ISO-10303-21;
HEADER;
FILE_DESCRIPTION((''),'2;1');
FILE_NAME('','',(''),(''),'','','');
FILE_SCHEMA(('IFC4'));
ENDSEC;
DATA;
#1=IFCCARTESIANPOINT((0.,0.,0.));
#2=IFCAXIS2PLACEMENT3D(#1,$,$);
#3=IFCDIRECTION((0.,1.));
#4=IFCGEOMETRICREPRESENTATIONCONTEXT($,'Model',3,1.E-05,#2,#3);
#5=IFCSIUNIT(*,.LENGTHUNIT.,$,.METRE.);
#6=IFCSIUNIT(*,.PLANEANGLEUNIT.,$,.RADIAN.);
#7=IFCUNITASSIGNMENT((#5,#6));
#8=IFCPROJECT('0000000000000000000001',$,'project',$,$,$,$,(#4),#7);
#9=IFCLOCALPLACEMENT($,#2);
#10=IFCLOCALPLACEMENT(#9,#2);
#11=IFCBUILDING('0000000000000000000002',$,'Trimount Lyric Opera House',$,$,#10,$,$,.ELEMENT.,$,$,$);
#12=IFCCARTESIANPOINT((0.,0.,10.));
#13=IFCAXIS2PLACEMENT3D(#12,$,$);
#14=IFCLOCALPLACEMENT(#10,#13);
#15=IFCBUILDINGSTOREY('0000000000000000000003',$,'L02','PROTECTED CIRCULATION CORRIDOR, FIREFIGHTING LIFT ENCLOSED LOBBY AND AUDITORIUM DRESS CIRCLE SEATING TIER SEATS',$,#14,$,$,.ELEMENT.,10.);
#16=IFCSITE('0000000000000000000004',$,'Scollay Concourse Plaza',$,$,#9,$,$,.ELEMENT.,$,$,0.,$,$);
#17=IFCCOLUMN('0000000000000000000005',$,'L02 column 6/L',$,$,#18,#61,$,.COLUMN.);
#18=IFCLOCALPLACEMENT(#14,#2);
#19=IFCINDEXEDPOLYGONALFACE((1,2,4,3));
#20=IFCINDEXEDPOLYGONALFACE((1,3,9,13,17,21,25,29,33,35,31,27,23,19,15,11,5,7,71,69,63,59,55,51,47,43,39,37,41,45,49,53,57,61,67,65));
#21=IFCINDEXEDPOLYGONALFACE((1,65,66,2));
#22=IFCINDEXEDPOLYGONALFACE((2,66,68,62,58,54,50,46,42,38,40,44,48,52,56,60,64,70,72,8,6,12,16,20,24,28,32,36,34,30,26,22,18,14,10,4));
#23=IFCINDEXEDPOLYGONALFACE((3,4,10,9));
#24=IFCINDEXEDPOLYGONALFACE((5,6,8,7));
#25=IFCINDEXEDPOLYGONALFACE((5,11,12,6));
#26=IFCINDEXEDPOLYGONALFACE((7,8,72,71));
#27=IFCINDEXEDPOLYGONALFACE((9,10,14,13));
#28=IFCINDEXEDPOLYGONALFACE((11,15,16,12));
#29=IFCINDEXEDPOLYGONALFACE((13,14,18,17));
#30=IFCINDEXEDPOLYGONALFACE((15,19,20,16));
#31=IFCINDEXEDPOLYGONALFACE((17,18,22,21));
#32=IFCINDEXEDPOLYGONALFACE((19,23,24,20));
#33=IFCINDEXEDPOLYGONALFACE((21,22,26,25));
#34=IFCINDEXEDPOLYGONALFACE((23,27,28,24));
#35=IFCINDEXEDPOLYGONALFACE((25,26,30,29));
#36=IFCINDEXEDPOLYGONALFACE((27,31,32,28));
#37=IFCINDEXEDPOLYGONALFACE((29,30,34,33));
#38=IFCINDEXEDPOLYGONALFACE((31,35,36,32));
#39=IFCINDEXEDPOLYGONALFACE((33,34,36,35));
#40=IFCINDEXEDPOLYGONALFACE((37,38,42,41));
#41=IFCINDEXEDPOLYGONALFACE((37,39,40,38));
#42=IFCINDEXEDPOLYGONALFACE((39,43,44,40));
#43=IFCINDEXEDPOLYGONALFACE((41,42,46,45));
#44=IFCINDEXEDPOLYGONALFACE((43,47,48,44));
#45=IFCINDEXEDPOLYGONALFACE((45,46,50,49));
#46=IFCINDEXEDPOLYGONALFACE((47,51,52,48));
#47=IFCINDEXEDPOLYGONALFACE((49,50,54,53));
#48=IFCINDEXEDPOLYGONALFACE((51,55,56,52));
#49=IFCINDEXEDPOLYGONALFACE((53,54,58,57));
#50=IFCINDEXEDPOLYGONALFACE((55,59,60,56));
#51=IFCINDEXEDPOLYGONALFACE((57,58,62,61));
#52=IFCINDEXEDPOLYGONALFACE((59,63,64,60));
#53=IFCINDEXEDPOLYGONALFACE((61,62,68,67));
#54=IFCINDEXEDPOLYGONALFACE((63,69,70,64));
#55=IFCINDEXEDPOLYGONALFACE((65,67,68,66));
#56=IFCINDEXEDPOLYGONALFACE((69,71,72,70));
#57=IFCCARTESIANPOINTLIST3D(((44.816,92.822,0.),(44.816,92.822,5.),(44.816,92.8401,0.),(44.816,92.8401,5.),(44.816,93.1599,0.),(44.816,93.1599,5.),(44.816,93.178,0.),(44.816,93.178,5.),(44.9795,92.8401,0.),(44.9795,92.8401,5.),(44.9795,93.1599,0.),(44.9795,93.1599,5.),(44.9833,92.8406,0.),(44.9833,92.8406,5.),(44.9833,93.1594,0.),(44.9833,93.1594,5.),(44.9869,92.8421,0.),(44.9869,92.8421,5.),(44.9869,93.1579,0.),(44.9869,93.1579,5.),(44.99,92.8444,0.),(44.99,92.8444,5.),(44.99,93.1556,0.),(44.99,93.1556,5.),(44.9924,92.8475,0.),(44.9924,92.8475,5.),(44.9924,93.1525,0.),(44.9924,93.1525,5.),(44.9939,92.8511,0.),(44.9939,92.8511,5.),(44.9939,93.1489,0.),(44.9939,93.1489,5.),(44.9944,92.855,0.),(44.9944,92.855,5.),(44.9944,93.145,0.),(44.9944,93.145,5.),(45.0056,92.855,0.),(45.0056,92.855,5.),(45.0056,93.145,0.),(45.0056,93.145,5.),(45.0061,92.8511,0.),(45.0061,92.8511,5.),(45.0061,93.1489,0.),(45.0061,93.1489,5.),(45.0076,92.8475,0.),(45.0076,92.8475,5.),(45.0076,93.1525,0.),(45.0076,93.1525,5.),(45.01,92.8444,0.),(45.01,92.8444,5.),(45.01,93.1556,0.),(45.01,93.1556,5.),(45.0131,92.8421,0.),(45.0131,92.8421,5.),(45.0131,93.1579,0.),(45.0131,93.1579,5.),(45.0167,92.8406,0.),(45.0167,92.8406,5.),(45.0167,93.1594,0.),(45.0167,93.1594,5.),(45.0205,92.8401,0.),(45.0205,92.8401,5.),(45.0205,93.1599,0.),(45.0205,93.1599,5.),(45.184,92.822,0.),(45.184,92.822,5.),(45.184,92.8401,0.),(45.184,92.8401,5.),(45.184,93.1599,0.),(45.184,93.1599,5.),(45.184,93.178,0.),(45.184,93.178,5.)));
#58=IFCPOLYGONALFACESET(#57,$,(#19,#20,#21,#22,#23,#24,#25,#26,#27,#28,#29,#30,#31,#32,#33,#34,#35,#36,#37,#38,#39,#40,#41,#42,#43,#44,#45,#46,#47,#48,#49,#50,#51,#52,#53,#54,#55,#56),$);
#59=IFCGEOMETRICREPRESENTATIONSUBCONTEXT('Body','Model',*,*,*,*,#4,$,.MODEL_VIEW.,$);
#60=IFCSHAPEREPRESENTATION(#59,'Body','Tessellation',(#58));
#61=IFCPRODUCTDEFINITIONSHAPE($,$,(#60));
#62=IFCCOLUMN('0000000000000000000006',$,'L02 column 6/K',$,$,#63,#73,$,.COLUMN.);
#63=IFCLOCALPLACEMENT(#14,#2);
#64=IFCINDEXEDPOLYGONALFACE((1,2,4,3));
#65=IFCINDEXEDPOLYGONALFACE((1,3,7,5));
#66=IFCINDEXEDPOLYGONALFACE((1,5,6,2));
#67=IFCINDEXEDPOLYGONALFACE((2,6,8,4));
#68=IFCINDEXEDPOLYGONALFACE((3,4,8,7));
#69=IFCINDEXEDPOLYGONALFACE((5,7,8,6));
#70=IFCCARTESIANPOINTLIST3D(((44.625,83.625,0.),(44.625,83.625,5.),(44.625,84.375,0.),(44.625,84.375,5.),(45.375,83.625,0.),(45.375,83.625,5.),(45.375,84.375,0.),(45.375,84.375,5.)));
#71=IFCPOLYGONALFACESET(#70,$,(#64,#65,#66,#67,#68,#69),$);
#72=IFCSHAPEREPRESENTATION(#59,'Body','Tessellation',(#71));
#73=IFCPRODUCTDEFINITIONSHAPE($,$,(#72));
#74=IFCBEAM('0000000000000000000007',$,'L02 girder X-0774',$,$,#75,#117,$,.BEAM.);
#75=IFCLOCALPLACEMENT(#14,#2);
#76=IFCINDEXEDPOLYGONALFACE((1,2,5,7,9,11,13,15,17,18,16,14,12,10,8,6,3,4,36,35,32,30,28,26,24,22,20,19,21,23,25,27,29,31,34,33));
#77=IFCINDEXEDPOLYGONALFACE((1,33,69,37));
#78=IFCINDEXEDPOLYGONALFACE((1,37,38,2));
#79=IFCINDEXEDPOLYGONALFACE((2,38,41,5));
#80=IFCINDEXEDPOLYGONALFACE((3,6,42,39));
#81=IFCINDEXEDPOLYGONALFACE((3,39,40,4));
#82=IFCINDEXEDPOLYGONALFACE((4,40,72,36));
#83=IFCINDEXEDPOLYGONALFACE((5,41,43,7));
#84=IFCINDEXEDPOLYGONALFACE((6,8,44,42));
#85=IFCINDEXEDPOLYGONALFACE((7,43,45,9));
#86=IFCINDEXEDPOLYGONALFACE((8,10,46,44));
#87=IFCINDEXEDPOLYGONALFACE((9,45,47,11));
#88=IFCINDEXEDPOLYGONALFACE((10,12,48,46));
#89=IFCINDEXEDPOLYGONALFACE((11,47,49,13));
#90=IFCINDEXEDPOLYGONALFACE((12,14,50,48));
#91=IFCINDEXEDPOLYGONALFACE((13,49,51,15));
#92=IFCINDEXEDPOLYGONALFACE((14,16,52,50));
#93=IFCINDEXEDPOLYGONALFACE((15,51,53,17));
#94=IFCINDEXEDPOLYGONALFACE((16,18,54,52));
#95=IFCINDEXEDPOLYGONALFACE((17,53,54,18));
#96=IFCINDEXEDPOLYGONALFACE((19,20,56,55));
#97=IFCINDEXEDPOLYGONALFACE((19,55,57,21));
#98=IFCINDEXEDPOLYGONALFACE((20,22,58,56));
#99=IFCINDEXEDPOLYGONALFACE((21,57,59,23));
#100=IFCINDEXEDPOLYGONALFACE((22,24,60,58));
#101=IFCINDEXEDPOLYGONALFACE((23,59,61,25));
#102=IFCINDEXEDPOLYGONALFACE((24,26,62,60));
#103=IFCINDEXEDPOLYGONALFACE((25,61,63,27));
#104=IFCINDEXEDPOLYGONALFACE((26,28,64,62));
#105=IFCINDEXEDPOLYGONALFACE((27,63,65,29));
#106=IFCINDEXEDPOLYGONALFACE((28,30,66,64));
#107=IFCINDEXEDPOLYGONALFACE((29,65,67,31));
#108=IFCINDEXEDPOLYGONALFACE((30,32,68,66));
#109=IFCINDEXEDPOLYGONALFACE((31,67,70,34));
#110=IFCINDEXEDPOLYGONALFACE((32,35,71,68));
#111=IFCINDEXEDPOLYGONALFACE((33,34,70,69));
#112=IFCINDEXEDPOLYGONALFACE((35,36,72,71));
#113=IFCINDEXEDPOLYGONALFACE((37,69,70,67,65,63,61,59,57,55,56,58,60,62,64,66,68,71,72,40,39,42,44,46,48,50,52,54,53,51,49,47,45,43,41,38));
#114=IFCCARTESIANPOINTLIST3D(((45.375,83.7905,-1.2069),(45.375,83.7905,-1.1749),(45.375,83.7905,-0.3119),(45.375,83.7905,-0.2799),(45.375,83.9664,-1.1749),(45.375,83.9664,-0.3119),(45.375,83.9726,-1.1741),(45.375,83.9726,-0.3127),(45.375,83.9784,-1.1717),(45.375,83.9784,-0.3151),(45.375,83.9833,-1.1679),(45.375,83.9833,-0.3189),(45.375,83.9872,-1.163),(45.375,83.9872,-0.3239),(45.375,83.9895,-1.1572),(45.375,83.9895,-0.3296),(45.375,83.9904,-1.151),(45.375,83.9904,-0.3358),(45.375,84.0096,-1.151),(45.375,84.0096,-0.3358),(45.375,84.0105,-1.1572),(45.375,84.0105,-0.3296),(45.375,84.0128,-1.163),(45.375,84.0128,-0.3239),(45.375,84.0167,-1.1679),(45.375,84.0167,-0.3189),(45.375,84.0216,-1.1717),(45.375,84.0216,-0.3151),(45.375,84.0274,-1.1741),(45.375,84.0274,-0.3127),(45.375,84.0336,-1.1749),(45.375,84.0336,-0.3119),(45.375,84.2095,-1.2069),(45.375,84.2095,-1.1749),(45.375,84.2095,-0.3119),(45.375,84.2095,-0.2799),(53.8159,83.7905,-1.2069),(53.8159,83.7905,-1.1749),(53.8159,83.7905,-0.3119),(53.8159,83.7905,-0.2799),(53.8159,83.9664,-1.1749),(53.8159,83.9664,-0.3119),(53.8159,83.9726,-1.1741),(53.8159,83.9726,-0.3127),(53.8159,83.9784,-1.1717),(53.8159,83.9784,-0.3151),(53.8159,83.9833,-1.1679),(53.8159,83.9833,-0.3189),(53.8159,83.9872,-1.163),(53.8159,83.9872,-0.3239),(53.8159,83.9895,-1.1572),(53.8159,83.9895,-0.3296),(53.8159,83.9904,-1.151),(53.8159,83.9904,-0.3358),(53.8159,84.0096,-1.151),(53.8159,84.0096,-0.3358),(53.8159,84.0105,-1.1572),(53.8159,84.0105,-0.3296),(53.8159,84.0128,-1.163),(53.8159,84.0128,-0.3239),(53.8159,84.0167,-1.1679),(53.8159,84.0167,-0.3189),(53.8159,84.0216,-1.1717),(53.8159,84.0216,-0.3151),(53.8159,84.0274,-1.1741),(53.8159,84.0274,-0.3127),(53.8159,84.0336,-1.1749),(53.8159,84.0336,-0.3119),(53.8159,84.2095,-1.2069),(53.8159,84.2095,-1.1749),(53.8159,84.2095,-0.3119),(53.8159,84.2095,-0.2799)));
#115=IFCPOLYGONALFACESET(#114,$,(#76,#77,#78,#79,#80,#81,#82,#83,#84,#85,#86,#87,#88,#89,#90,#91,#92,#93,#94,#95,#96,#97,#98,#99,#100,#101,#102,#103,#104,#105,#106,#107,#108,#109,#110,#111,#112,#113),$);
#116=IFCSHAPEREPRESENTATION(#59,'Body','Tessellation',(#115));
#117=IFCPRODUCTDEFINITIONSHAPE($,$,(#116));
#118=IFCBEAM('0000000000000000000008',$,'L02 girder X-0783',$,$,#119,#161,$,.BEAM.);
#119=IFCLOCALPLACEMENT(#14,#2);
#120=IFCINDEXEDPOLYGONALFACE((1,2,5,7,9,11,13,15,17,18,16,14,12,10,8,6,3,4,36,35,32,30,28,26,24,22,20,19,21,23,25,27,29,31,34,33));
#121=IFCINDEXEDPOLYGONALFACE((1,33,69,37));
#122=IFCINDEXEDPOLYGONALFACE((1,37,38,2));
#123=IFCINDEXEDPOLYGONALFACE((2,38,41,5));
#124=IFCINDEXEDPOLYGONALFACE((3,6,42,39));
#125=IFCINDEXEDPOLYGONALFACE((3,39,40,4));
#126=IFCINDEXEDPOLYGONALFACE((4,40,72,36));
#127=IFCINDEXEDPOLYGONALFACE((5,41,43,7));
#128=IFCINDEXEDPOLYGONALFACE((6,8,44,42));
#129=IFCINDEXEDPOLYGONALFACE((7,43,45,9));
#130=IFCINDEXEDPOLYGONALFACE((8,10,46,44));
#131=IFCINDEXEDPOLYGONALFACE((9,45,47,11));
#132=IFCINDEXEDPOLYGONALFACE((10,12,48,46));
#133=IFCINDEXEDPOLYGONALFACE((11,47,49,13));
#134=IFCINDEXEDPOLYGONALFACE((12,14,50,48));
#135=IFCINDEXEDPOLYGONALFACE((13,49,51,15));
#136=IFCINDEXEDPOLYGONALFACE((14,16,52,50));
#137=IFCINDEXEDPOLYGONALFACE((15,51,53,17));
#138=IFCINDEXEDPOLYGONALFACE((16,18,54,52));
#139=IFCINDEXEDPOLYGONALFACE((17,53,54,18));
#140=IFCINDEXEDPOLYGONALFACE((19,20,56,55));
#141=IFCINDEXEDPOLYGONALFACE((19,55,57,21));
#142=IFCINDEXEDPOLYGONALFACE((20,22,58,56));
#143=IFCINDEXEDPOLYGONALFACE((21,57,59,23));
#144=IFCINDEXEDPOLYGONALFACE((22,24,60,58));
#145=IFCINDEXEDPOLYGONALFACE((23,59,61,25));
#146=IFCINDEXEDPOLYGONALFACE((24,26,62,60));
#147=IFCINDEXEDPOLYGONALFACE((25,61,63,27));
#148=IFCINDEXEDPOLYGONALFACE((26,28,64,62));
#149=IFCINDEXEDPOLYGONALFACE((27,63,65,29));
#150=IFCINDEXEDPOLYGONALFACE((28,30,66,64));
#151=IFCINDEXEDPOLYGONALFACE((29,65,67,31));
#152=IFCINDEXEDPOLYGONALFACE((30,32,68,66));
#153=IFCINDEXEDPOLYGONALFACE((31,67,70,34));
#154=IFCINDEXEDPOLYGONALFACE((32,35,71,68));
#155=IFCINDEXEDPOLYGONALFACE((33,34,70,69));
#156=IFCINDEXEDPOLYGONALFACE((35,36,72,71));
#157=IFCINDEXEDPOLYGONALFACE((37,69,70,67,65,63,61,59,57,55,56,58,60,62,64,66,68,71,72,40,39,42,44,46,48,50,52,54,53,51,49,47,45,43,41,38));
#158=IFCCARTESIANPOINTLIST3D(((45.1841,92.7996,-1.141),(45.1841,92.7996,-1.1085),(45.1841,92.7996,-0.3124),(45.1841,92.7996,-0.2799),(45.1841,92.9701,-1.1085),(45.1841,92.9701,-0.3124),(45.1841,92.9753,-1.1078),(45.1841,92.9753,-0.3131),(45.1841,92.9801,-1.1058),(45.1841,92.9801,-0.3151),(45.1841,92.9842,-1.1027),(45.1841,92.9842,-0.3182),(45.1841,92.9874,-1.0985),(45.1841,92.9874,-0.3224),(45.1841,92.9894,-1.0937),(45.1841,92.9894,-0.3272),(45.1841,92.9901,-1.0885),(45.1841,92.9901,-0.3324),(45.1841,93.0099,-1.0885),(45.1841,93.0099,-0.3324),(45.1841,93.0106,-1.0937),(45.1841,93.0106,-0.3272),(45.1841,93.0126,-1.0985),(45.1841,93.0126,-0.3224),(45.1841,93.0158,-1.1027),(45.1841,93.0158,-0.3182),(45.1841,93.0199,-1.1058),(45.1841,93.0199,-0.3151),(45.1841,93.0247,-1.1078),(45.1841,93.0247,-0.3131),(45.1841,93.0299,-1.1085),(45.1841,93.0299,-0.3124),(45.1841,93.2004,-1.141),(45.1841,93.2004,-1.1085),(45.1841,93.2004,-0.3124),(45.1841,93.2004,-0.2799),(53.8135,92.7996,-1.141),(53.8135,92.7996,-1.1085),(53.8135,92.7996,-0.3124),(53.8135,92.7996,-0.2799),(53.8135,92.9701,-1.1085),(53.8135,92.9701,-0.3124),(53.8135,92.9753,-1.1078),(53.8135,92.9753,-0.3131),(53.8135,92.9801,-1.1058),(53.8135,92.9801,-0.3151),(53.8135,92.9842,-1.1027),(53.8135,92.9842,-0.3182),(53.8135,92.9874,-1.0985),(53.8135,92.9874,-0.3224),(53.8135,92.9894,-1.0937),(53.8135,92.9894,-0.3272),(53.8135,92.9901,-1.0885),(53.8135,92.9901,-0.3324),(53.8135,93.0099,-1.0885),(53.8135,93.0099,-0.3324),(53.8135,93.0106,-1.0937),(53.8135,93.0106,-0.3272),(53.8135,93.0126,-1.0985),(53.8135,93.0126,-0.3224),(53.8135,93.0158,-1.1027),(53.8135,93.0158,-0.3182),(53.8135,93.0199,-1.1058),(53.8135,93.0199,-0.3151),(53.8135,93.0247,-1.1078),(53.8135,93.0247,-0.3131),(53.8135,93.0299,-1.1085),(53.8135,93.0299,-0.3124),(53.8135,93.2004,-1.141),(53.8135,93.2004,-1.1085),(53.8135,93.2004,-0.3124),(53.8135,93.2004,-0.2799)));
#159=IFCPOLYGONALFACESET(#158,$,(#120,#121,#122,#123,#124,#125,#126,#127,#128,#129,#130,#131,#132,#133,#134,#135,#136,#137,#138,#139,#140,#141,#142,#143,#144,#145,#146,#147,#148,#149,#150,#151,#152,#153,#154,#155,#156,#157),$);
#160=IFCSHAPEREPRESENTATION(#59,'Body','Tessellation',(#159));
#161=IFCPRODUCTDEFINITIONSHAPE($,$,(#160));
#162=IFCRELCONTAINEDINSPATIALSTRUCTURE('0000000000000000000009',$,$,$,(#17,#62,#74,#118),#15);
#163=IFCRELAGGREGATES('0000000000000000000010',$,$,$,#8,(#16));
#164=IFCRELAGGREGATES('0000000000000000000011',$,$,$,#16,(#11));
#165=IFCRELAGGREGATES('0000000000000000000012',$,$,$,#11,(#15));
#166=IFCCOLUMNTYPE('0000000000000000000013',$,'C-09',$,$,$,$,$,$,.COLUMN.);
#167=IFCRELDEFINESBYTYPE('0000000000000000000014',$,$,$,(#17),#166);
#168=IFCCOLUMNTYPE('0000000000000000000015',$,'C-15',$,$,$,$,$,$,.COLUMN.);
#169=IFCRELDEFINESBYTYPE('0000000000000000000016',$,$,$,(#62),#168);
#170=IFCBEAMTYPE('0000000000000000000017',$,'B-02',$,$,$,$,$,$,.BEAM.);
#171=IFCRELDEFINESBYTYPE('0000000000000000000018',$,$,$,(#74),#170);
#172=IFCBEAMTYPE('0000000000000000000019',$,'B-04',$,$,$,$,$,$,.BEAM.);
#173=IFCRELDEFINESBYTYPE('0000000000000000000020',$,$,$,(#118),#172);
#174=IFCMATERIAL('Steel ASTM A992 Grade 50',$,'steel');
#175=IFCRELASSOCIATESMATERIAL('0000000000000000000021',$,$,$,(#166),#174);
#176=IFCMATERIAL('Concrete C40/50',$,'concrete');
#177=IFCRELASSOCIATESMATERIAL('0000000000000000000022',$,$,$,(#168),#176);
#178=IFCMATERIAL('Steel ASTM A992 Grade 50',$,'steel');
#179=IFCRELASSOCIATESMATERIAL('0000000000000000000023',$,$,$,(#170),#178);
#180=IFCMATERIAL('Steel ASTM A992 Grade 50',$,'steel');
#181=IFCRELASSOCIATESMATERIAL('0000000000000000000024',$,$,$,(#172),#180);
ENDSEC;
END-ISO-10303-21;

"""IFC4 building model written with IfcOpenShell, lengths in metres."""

from ifc_helpers import new_model, si_unit, direction, frame, origin, origin_2d, place, context, subcontext, project, spatial, rectangle, i_section, extrude, material, material_profile, profile_set, type_object, element, save


model = new_model("IFC4")

# Units and contexts
model_context = context("Model", 3, precision=1e-05, world=origin(), true_north=direction((0.0, 1.0)))
body_context = subcontext(model_context, "Body", "Model", "MODEL_VIEW")
ifc_project = project(units=[si_unit("LENGTHUNIT", "METRE"), si_unit("PLANEANGLEUNIT", "RADIAN")], contexts=[model_context])

# Site, building, storey
site_placement = place(None, origin())
site = spatial("IfcSite", under=ifc_project, at=site_placement, Name="Scollay Concourse Plaza", CompositionType="ELEMENT", RefElevation=0.0)
building_placement = place(site_placement, origin())
building = spatial("IfcBuilding", under=site, at=building_placement, Name="Trimount Lyric Opera House", CompositionType="ELEMENT")
storey_placement = place(building_placement, frame((0.0, 0.0, 10.0)))
storey = spatial("IfcBuildingStorey", under=building, at=storey_placement, Name="L02", Description="PROTECTED CIRCULATION CORRIDOR, FIREFIGHTING LIFT ENCLOSED LOBBY AND AUDITORIUM DRESS CIRCLE SEATING TIER SEATS", CompositionType="ELEMENT", Elevation=10.0)

# Columns
ifc_material_1 = material(Name="Steel ASTM A992 Grade 50", Category="steel")
ifc_material_profile_1 = material_profile(ifc_material_1, i_section(OverallWidth=0.3679, OverallDepth=0.356, WebThickness=0.0112, FlangeThickness=0.0181, FilletRadius=0.0149, at=origin_2d()), Name="W14X90")
ifc_profile_set_1 = profile_set([ifc_material_profile_1], Name="Steel ASTM A992 Grade 50")
column_type_1 = type_object("IfcColumnType", Name="C-09", PredefinedType="COLUMN", material=ifc_profile_set_1)
column_1_placement = place(storey_placement, frame((45.0, 93.0, 0.0), z_axis=(0.0, 0.0, 1.0), x_axis=(1.0, 0.0, 0.0)))
element("IfcColumn", 1, at=column_1_placement, inside=storey, type_object=column_type_1, Name="L02 column 6/L", PredefinedType="COLUMN", context=body_context, shape_type="SweptSolid", body=[
    extrude(i_section(OverallWidth=0.3679, OverallDepth=0.356, WebThickness=0.0112, FlangeThickness=0.0181, FilletRadius=0.0149, at=origin_2d()), origin(), (0.0, 0.0, 1.0), 5.0),
])
ifc_material_2 = material(Name="Concrete C40/50", Category="concrete")
ifc_material_profile_2 = material_profile(ifc_material_2, rectangle(XDim=0.75, YDim=0.75, at=origin_2d()), Name="RC750X750")
ifc_profile_set_2 = profile_set([ifc_material_profile_2], Name="Concrete C40/50")
column_type_2 = type_object("IfcColumnType", Name="C-15", PredefinedType="COLUMN", material=ifc_profile_set_2)
column_2_placement = place(storey_placement, frame((45.0, 84.0, 0.0), z_axis=(0.0, 0.0, 1.0), x_axis=(1.0, 0.0, 0.0)))
element("IfcColumn", 2, at=column_2_placement, inside=storey, type_object=column_type_2, Name="L02 column 6/K", PredefinedType="COLUMN", context=body_context, shape_type="SweptSolid", body=[
    extrude(rectangle(XDim=0.75, YDim=0.75, at=origin_2d()), origin(), (0.0, 0.0, 1.0), 5.0),
])

# Beams
ifc_material_3 = material(Name="Steel ASTM A992 Grade 50", Category="steel")
ifc_material_profile_3 = material_profile(ifc_material_3, i_section(OverallWidth=0.4189, OverallDepth=0.927, WebThickness=0.0193, FlangeThickness=0.032, FilletRadius=0.0239, at=origin_2d()), Name="W36X231")
ifc_profile_set_3 = profile_set([ifc_material_profile_3], Name="Steel ASTM A992 Grade 50")
beam_type_1 = type_object("IfcBeamType", Name="B-02", PredefinedType="BEAM", material=ifc_profile_set_3)
beam_1_placement = place(storey_placement, frame((45.375, 84.0, -0.7434), z_axis=(1.0, 0.0, 0.0), x_axis=(0.0, 1.0, 0.0)))
element("IfcBeam", 3, at=beam_1_placement, inside=storey, type_object=beam_type_1, Name="L02 girder X-0774", PredefinedType="BEAM", context=body_context, shape_type="SweptSolid", body=[
    extrude(i_section(OverallWidth=0.4189, OverallDepth=0.927, WebThickness=0.0193, FlangeThickness=0.032, FilletRadius=0.0239, at=origin_2d()), origin(), (0.0, 0.0, 1.0), 8.4409),
])
ifc_material_4 = material(Name="Steel ASTM A992 Grade 50", Category="steel")
ifc_material_profile_4 = material_profile(ifc_material_4, i_section(OverallWidth=0.4009, OverallDepth=0.8611, WebThickness=0.0198, FlangeThickness=0.0325, FilletRadius=0.02, at=origin_2d()), Name="W33X221")
ifc_profile_set_4 = profile_set([ifc_material_profile_4], Name="Steel ASTM A992 Grade 50")
beam_type_2 = type_object("IfcBeamType", Name="B-04", PredefinedType="BEAM", material=ifc_profile_set_4)
beam_2_placement = place(storey_placement, frame((45.1841, 93.0, -0.7104), z_axis=(1.0, 0.0, 0.0), x_axis=(0.0, 1.0, 0.0)))
element("IfcBeam", 4, at=beam_2_placement, inside=storey, type_object=beam_type_2, Name="L02 girder X-0783", PredefinedType="BEAM", context=body_context, shape_type="SweptSolid", body=[
    extrude(i_section(OverallWidth=0.4009, OverallDepth=0.8611, WebThickness=0.0198, FlangeThickness=0.0325, FilletRadius=0.02, at=origin_2d()), origin(), (0.0, 0.0, 1.0), 8.6294),
])

save(model, "model.ifc")
